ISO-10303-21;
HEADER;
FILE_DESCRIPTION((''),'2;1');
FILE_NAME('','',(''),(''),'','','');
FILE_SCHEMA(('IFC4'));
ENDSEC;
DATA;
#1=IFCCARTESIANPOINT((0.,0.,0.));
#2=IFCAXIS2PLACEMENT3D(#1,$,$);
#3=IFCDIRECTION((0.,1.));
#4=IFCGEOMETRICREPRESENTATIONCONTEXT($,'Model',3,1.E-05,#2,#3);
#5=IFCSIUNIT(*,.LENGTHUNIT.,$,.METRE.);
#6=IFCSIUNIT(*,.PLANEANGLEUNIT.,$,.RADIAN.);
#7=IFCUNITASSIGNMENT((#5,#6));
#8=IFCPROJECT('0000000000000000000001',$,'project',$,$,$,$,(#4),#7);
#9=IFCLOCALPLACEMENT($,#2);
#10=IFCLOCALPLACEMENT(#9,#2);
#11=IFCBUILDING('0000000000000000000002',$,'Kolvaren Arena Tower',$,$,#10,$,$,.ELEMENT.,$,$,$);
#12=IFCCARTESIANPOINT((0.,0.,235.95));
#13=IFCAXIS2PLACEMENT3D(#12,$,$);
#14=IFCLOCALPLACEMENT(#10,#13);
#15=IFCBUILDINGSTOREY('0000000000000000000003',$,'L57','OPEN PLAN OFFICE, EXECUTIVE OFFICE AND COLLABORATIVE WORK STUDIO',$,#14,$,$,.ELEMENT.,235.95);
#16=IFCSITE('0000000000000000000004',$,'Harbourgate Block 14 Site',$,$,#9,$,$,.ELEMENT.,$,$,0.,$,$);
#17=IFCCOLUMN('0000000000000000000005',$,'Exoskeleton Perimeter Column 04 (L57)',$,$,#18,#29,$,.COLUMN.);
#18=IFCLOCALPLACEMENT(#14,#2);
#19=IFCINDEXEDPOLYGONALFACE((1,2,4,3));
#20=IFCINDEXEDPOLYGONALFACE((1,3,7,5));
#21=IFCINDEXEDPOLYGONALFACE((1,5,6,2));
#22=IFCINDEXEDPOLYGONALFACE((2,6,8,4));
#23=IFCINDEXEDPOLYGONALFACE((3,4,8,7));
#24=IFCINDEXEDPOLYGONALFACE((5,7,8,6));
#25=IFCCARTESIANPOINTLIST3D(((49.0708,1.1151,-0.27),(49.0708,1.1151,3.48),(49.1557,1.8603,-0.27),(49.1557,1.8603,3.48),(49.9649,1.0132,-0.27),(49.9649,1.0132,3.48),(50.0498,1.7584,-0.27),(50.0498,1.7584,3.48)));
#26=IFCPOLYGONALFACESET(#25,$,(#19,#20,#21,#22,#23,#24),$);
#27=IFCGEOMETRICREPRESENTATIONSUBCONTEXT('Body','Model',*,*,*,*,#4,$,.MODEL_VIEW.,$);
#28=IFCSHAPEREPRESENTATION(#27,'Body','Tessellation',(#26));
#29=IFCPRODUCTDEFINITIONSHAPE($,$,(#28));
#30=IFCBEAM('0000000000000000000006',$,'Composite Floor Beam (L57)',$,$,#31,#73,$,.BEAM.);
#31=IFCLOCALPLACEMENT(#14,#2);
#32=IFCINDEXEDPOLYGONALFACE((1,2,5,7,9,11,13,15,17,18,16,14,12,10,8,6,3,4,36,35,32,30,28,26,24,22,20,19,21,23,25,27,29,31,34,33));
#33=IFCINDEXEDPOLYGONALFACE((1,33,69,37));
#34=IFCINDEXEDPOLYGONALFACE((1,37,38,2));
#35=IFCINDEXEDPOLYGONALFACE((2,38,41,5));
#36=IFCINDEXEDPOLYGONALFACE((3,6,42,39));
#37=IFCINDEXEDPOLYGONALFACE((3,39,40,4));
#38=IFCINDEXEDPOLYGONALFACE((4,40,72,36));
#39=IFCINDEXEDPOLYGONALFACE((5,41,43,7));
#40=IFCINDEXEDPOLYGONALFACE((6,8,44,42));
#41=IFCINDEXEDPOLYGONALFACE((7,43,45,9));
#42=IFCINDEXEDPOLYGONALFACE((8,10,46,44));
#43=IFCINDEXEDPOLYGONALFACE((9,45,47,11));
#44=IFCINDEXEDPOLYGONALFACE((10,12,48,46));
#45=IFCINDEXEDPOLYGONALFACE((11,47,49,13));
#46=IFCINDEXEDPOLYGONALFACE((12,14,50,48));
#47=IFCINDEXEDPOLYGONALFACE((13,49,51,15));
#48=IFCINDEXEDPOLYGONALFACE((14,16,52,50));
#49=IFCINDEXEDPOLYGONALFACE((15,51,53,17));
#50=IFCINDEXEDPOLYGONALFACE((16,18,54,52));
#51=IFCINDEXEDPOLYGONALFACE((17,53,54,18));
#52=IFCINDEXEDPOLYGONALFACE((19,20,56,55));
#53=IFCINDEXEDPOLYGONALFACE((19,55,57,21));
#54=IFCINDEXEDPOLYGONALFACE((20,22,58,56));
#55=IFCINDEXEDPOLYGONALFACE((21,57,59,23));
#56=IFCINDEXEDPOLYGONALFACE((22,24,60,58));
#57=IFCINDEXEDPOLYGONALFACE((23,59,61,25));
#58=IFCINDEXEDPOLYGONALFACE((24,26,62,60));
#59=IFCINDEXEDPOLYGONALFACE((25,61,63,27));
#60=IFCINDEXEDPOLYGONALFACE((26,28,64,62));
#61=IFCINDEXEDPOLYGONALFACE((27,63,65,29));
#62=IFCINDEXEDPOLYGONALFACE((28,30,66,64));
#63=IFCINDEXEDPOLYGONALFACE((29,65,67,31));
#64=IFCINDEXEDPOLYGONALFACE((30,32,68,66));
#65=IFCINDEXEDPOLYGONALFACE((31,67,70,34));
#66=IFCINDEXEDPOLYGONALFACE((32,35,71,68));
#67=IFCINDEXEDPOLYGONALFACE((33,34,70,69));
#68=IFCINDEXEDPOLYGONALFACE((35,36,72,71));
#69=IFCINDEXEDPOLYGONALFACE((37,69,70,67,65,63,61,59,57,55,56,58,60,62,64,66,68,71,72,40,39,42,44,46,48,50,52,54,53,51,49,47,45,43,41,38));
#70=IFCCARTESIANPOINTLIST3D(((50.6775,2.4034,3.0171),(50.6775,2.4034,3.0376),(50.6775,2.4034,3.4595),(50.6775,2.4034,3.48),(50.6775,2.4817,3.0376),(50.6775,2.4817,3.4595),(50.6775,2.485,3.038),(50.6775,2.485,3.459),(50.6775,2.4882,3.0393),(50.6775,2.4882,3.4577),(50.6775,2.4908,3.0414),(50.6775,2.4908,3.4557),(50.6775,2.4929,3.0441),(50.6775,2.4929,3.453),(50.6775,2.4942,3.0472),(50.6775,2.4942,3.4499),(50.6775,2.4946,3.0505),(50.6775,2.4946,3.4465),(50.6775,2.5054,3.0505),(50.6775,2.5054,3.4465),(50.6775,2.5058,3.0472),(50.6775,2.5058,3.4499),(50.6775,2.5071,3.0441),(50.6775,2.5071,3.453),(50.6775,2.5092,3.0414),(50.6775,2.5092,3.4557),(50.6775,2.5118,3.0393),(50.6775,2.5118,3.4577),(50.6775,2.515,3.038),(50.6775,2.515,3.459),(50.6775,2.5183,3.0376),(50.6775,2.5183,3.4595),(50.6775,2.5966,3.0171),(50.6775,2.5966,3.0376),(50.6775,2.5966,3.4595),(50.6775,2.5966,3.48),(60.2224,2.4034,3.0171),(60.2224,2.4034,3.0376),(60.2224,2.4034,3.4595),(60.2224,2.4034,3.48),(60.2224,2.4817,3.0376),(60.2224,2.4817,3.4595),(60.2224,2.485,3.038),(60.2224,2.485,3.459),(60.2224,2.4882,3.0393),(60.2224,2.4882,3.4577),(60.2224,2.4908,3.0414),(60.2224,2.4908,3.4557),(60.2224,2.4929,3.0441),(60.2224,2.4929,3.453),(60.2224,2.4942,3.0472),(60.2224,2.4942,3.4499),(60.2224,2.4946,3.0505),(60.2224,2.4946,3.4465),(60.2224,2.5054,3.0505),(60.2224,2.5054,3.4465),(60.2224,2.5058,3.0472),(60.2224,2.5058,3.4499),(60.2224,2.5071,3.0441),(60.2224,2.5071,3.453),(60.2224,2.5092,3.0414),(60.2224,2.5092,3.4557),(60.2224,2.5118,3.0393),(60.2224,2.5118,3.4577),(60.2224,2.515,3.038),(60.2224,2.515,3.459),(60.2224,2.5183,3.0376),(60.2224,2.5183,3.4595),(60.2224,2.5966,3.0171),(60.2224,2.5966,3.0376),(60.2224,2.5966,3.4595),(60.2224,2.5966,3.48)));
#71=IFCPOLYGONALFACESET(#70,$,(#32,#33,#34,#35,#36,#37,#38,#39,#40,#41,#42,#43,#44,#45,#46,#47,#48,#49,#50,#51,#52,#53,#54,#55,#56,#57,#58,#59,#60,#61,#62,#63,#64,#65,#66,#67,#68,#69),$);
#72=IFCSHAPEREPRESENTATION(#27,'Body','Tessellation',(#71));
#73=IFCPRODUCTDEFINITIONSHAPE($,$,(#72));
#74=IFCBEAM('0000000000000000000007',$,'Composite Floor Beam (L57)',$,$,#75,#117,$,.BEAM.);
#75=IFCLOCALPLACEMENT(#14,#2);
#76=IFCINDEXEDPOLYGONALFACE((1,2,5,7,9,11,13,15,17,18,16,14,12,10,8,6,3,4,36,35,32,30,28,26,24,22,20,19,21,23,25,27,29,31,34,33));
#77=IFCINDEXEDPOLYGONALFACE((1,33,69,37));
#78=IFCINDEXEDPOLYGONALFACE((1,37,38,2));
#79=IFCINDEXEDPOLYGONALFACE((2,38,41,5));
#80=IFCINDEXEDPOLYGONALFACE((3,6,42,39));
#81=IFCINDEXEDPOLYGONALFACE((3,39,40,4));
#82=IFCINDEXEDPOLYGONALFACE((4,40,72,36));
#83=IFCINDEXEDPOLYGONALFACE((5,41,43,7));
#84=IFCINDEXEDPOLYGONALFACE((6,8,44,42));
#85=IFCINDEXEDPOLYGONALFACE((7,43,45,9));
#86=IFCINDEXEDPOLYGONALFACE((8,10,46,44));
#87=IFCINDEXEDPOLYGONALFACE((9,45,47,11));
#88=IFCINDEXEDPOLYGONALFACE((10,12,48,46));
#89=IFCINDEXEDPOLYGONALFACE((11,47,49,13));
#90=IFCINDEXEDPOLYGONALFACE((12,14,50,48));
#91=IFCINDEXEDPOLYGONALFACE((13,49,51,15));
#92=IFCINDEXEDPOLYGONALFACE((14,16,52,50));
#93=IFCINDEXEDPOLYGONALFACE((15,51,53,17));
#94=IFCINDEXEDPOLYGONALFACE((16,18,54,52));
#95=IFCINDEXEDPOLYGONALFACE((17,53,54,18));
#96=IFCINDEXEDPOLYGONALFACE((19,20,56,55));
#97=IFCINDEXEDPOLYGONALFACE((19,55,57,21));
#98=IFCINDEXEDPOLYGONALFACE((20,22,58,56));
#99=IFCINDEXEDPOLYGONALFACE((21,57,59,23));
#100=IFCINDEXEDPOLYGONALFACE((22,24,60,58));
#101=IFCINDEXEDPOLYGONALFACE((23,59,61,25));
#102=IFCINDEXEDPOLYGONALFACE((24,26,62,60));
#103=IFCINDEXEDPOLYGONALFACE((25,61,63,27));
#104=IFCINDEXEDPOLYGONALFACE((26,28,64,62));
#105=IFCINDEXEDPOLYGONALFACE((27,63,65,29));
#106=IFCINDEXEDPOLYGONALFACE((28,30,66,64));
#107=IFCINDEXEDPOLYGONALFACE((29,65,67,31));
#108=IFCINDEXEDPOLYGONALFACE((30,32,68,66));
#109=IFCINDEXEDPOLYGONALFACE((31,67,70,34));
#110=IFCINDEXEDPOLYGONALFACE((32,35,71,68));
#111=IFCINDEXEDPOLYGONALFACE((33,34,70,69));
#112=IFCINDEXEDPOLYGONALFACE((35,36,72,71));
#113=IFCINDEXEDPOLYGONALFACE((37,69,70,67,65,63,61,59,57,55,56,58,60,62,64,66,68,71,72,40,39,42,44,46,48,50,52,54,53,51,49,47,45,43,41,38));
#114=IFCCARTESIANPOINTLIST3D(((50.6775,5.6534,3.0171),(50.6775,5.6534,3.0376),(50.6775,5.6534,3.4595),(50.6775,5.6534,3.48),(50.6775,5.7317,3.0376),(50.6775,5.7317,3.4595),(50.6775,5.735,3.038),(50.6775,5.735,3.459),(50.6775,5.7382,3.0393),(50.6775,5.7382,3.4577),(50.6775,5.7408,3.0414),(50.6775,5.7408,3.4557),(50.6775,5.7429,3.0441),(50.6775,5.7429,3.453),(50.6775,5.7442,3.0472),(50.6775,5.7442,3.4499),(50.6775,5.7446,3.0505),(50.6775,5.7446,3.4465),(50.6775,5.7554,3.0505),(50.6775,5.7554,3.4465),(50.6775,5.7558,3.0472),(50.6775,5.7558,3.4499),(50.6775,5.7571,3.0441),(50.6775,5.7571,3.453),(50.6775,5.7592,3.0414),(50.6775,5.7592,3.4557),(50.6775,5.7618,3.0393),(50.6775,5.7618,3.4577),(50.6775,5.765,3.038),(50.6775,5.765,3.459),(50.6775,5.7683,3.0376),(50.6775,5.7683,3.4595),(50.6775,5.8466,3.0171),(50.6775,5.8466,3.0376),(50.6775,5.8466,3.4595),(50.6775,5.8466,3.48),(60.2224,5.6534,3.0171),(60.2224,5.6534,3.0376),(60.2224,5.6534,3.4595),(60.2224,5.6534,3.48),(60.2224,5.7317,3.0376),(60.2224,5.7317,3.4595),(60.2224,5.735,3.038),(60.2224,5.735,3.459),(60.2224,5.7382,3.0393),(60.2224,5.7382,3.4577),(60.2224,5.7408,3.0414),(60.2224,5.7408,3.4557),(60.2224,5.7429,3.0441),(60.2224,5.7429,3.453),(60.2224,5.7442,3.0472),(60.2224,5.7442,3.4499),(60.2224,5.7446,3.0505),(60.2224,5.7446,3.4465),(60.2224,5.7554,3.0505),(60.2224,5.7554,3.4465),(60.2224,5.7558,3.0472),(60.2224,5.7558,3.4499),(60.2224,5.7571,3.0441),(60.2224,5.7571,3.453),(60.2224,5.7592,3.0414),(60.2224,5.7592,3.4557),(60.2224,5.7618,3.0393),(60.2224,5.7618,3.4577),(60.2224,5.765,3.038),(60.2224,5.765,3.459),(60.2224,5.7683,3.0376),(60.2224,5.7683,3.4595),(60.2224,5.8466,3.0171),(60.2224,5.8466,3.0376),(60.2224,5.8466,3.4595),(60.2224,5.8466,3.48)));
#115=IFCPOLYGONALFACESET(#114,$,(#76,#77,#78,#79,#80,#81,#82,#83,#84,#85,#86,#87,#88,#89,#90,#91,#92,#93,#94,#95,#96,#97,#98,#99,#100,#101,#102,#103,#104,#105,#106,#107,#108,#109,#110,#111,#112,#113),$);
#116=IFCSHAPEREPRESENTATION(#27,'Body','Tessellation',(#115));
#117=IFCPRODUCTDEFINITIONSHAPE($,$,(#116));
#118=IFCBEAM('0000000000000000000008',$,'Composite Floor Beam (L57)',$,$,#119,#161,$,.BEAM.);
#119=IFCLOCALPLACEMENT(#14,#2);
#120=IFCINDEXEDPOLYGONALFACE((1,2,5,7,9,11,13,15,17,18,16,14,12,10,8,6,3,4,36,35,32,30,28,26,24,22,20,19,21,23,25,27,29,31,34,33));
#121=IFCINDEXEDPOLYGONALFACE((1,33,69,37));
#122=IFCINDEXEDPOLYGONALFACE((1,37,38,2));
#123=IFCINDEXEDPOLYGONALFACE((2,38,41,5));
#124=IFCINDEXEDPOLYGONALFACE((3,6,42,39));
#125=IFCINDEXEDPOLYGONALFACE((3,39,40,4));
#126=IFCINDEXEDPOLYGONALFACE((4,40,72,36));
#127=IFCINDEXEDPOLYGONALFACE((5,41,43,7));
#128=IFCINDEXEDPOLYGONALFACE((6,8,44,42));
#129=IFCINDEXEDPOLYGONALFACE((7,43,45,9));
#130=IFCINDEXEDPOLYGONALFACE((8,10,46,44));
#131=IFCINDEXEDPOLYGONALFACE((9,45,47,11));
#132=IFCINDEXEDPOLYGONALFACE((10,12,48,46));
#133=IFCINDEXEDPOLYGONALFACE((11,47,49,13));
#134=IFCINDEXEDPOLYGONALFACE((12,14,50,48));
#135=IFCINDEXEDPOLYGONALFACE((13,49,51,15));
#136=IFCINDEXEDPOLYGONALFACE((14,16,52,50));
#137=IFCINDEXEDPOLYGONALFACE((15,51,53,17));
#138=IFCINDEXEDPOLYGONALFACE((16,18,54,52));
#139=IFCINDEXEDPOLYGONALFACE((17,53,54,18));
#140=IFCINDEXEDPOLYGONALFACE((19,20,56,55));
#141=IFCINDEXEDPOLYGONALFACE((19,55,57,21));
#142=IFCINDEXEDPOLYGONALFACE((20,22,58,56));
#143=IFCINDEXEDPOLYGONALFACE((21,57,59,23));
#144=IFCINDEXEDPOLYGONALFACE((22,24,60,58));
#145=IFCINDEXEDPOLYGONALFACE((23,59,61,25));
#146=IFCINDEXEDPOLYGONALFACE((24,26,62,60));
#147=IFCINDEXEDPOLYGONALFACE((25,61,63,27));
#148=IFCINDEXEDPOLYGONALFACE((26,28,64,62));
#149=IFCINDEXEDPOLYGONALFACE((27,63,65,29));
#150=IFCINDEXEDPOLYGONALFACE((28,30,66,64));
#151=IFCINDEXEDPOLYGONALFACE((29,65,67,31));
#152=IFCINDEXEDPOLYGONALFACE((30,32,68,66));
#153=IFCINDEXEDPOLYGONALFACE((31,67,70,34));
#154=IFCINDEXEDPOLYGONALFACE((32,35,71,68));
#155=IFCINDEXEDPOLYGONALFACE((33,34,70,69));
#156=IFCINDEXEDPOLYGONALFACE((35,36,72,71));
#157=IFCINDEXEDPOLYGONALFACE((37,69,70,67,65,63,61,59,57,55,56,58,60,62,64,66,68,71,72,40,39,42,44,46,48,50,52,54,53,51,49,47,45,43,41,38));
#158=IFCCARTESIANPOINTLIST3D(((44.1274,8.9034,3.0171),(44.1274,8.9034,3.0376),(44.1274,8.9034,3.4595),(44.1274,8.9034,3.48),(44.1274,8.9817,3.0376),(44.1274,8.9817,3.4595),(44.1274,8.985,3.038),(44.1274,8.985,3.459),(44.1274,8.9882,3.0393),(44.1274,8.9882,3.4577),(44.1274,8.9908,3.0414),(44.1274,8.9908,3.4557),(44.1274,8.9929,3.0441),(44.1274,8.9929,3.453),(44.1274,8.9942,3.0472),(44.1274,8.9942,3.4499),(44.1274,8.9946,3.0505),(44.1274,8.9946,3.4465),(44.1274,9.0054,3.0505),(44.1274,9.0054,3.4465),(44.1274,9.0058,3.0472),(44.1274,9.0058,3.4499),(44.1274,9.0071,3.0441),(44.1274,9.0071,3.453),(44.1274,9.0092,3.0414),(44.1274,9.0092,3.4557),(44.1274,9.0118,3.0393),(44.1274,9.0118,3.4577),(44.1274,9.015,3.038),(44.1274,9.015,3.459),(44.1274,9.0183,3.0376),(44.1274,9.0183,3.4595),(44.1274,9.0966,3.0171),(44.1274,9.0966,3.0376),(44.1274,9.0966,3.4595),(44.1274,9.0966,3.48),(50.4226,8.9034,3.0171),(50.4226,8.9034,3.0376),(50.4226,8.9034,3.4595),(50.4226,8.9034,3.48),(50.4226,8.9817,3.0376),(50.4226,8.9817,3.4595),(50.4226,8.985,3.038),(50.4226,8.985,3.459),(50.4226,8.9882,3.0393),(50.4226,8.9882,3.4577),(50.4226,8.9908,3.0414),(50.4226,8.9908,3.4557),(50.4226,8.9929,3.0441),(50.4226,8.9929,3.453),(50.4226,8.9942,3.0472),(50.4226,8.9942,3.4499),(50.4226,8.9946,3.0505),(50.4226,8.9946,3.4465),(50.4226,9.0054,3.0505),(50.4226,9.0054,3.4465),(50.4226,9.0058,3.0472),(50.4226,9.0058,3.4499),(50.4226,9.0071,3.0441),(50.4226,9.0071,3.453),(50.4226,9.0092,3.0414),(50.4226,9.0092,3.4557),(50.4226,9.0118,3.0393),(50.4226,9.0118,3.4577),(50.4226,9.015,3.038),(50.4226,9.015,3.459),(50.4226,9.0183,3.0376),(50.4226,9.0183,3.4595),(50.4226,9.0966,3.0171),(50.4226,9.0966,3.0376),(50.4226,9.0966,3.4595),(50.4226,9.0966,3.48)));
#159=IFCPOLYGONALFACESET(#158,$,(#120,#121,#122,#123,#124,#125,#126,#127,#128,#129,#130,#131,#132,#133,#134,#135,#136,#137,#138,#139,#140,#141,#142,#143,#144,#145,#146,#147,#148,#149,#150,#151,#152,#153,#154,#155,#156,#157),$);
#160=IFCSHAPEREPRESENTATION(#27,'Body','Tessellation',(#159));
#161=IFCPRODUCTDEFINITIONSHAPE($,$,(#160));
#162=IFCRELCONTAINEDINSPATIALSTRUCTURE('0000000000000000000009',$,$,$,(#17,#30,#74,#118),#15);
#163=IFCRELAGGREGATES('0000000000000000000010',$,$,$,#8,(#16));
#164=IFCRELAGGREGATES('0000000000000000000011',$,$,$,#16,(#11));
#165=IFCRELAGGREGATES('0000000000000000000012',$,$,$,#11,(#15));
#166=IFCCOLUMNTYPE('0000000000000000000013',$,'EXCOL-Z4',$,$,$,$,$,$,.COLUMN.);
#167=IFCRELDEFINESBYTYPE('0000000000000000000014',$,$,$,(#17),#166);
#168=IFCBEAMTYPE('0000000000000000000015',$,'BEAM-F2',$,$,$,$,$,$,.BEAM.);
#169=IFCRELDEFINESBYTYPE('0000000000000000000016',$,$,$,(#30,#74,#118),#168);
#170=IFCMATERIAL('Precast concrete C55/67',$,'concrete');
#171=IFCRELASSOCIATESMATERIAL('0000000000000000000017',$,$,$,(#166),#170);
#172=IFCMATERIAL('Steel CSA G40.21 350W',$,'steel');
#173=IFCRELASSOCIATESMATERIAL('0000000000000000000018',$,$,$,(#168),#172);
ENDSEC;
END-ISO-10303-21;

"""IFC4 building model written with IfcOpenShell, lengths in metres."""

from ifc_helpers import new_model, si_unit, direction, frame, origin, origin_2d, place, context, subcontext, project, spatial, rectangle, i_section, extrude, material, material_profile, profile_set, type_object, element, save


model = new_model("IFC4")

# Units and contexts
model_context = context("Model", 3, precision=1e-05, world=origin(), true_north=direction((0.0, 1.0)))
body_context = subcontext(model_context, "Body", "Model", "MODEL_VIEW")
ifc_project = project(units=[si_unit("LENGTHUNIT", "METRE"), si_unit("PLANEANGLEUNIT", "RADIAN")], contexts=[model_context])

# Site, building, storey
site_placement = place(None, origin())
site = spatial("IfcSite", under=ifc_project, at=site_placement, Name="Harbourgate Block 14 Site", CompositionType="ELEMENT", RefElevation=0.0)
building_placement = place(site_placement, origin())
building = spatial("IfcBuilding", under=site, at=building_placement, Name="Kolvaren Arena Tower", CompositionType="ELEMENT")
storey_placement = place(building_placement, frame((0.0, 0.0, 235.95)))
storey = spatial("IfcBuildingStorey", under=building, at=storey_placement, Name="L57", Description="OPEN PLAN OFFICE, EXECUTIVE OFFICE AND COLLABORATIVE WORK STUDIO", CompositionType="ELEMENT", Elevation=235.95)

# Column
ifc_material_1 = material(Name="Precast concrete C55/67", Category="concrete")
ifc_material_profile_1 = material_profile(ifc_material_1, rectangle(XDim=0.8999, YDim=0.75, at=origin_2d()), Name="RC-900x750")
ifc_profile_set_1 = profile_set([ifc_material_profile_1], Name="Precast concrete C55/67")
column_type = type_object("IfcColumnType", Name="EXCOL-Z4", PredefinedType="COLUMN", material=ifc_profile_set_1)
column_placement = place(storey_placement, frame((49.5603, 1.4368, -0.27), z_axis=(0.0, 0.0, 1.0), x_axis=(0.993572, -0.113203, 0.0)))
element("IfcColumn", 1, at=column_placement, inside=storey, type_object=column_type, Name="Exoskeleton Perimeter Column 04 (L57)", PredefinedType="COLUMN", context=body_context, shape_type="SweptSolid", body=[
    extrude(rectangle(XDim=0.8999, YDim=0.75, at=origin_2d()), origin(), (0.0, 0.0, 1.0), 3.75),
])

# Beams
ifc_material_2 = material(Name="Steel CSA G40.21 350W", Category="steel")
ifc_material_profile_2 = material_profile(ifc_material_2, i_section(OverallWidth=0.1931, OverallDepth=0.4629, WebThickness=0.0107, FlangeThickness=0.0205, FilletRadius=0.0129, at=origin_2d()), Name="W460x113")
ifc_profile_set_2 = profile_set([ifc_material_profile_2], Name="Steel CSA G40.21 350W")
beam_type_1 = type_object("IfcBeamType", Name="BEAM-F2", PredefinedType="BEAM", material=ifc_profile_set_2)
for number, where, z_axis, x_axis, name in (
    (2, (50.6775, 2.5, 3.2485), (1.0, 0.0, 0.0), (0.0, 1.0, 0.0), "Composite Floor Beam (L57)"),
    (3, (50.6775, 5.75, 3.2485), (1.0, 0.0, 0.0), (0.0, 1.0, 0.0), "Composite Floor Beam (L57)"),
):
    element("IfcBeam", number, at=place(storey_placement, frame(where, z_axis=z_axis, x_axis=x_axis)), inside=storey, type_object=beam_type_1, Name=name, PredefinedType="BEAM", context=body_context, shape_type="SweptSolid", body=[
        extrude(i_section(OverallWidth=0.1931, OverallDepth=0.4629, WebThickness=0.0107, FlangeThickness=0.0205, FilletRadius=0.0129, at=origin_2d()), origin(), (0.0, 0.0, 1.0), 9.5449),
    ])
beam_1_placement = place(storey_placement, frame((44.1274, 9.0, 3.2485), z_axis=(1.0, 0.0, 0.0), x_axis=(0.0, 1.0, 0.0)))
element("IfcBeam", 4, at=beam_1_placement, inside=storey, type_object=beam_type_1, Name="Composite Floor Beam (L57)", PredefinedType="BEAM", context=body_context, shape_type="SweptSolid", body=[
    extrude(i_section(OverallWidth=0.1931, OverallDepth=0.4629, WebThickness=0.0107, FlangeThickness=0.0205, FilletRadius=0.0129, at=origin_2d()), origin(), (0.0, 0.0, 1.0), 6.2952),
])

save(model, "model.ifc")
